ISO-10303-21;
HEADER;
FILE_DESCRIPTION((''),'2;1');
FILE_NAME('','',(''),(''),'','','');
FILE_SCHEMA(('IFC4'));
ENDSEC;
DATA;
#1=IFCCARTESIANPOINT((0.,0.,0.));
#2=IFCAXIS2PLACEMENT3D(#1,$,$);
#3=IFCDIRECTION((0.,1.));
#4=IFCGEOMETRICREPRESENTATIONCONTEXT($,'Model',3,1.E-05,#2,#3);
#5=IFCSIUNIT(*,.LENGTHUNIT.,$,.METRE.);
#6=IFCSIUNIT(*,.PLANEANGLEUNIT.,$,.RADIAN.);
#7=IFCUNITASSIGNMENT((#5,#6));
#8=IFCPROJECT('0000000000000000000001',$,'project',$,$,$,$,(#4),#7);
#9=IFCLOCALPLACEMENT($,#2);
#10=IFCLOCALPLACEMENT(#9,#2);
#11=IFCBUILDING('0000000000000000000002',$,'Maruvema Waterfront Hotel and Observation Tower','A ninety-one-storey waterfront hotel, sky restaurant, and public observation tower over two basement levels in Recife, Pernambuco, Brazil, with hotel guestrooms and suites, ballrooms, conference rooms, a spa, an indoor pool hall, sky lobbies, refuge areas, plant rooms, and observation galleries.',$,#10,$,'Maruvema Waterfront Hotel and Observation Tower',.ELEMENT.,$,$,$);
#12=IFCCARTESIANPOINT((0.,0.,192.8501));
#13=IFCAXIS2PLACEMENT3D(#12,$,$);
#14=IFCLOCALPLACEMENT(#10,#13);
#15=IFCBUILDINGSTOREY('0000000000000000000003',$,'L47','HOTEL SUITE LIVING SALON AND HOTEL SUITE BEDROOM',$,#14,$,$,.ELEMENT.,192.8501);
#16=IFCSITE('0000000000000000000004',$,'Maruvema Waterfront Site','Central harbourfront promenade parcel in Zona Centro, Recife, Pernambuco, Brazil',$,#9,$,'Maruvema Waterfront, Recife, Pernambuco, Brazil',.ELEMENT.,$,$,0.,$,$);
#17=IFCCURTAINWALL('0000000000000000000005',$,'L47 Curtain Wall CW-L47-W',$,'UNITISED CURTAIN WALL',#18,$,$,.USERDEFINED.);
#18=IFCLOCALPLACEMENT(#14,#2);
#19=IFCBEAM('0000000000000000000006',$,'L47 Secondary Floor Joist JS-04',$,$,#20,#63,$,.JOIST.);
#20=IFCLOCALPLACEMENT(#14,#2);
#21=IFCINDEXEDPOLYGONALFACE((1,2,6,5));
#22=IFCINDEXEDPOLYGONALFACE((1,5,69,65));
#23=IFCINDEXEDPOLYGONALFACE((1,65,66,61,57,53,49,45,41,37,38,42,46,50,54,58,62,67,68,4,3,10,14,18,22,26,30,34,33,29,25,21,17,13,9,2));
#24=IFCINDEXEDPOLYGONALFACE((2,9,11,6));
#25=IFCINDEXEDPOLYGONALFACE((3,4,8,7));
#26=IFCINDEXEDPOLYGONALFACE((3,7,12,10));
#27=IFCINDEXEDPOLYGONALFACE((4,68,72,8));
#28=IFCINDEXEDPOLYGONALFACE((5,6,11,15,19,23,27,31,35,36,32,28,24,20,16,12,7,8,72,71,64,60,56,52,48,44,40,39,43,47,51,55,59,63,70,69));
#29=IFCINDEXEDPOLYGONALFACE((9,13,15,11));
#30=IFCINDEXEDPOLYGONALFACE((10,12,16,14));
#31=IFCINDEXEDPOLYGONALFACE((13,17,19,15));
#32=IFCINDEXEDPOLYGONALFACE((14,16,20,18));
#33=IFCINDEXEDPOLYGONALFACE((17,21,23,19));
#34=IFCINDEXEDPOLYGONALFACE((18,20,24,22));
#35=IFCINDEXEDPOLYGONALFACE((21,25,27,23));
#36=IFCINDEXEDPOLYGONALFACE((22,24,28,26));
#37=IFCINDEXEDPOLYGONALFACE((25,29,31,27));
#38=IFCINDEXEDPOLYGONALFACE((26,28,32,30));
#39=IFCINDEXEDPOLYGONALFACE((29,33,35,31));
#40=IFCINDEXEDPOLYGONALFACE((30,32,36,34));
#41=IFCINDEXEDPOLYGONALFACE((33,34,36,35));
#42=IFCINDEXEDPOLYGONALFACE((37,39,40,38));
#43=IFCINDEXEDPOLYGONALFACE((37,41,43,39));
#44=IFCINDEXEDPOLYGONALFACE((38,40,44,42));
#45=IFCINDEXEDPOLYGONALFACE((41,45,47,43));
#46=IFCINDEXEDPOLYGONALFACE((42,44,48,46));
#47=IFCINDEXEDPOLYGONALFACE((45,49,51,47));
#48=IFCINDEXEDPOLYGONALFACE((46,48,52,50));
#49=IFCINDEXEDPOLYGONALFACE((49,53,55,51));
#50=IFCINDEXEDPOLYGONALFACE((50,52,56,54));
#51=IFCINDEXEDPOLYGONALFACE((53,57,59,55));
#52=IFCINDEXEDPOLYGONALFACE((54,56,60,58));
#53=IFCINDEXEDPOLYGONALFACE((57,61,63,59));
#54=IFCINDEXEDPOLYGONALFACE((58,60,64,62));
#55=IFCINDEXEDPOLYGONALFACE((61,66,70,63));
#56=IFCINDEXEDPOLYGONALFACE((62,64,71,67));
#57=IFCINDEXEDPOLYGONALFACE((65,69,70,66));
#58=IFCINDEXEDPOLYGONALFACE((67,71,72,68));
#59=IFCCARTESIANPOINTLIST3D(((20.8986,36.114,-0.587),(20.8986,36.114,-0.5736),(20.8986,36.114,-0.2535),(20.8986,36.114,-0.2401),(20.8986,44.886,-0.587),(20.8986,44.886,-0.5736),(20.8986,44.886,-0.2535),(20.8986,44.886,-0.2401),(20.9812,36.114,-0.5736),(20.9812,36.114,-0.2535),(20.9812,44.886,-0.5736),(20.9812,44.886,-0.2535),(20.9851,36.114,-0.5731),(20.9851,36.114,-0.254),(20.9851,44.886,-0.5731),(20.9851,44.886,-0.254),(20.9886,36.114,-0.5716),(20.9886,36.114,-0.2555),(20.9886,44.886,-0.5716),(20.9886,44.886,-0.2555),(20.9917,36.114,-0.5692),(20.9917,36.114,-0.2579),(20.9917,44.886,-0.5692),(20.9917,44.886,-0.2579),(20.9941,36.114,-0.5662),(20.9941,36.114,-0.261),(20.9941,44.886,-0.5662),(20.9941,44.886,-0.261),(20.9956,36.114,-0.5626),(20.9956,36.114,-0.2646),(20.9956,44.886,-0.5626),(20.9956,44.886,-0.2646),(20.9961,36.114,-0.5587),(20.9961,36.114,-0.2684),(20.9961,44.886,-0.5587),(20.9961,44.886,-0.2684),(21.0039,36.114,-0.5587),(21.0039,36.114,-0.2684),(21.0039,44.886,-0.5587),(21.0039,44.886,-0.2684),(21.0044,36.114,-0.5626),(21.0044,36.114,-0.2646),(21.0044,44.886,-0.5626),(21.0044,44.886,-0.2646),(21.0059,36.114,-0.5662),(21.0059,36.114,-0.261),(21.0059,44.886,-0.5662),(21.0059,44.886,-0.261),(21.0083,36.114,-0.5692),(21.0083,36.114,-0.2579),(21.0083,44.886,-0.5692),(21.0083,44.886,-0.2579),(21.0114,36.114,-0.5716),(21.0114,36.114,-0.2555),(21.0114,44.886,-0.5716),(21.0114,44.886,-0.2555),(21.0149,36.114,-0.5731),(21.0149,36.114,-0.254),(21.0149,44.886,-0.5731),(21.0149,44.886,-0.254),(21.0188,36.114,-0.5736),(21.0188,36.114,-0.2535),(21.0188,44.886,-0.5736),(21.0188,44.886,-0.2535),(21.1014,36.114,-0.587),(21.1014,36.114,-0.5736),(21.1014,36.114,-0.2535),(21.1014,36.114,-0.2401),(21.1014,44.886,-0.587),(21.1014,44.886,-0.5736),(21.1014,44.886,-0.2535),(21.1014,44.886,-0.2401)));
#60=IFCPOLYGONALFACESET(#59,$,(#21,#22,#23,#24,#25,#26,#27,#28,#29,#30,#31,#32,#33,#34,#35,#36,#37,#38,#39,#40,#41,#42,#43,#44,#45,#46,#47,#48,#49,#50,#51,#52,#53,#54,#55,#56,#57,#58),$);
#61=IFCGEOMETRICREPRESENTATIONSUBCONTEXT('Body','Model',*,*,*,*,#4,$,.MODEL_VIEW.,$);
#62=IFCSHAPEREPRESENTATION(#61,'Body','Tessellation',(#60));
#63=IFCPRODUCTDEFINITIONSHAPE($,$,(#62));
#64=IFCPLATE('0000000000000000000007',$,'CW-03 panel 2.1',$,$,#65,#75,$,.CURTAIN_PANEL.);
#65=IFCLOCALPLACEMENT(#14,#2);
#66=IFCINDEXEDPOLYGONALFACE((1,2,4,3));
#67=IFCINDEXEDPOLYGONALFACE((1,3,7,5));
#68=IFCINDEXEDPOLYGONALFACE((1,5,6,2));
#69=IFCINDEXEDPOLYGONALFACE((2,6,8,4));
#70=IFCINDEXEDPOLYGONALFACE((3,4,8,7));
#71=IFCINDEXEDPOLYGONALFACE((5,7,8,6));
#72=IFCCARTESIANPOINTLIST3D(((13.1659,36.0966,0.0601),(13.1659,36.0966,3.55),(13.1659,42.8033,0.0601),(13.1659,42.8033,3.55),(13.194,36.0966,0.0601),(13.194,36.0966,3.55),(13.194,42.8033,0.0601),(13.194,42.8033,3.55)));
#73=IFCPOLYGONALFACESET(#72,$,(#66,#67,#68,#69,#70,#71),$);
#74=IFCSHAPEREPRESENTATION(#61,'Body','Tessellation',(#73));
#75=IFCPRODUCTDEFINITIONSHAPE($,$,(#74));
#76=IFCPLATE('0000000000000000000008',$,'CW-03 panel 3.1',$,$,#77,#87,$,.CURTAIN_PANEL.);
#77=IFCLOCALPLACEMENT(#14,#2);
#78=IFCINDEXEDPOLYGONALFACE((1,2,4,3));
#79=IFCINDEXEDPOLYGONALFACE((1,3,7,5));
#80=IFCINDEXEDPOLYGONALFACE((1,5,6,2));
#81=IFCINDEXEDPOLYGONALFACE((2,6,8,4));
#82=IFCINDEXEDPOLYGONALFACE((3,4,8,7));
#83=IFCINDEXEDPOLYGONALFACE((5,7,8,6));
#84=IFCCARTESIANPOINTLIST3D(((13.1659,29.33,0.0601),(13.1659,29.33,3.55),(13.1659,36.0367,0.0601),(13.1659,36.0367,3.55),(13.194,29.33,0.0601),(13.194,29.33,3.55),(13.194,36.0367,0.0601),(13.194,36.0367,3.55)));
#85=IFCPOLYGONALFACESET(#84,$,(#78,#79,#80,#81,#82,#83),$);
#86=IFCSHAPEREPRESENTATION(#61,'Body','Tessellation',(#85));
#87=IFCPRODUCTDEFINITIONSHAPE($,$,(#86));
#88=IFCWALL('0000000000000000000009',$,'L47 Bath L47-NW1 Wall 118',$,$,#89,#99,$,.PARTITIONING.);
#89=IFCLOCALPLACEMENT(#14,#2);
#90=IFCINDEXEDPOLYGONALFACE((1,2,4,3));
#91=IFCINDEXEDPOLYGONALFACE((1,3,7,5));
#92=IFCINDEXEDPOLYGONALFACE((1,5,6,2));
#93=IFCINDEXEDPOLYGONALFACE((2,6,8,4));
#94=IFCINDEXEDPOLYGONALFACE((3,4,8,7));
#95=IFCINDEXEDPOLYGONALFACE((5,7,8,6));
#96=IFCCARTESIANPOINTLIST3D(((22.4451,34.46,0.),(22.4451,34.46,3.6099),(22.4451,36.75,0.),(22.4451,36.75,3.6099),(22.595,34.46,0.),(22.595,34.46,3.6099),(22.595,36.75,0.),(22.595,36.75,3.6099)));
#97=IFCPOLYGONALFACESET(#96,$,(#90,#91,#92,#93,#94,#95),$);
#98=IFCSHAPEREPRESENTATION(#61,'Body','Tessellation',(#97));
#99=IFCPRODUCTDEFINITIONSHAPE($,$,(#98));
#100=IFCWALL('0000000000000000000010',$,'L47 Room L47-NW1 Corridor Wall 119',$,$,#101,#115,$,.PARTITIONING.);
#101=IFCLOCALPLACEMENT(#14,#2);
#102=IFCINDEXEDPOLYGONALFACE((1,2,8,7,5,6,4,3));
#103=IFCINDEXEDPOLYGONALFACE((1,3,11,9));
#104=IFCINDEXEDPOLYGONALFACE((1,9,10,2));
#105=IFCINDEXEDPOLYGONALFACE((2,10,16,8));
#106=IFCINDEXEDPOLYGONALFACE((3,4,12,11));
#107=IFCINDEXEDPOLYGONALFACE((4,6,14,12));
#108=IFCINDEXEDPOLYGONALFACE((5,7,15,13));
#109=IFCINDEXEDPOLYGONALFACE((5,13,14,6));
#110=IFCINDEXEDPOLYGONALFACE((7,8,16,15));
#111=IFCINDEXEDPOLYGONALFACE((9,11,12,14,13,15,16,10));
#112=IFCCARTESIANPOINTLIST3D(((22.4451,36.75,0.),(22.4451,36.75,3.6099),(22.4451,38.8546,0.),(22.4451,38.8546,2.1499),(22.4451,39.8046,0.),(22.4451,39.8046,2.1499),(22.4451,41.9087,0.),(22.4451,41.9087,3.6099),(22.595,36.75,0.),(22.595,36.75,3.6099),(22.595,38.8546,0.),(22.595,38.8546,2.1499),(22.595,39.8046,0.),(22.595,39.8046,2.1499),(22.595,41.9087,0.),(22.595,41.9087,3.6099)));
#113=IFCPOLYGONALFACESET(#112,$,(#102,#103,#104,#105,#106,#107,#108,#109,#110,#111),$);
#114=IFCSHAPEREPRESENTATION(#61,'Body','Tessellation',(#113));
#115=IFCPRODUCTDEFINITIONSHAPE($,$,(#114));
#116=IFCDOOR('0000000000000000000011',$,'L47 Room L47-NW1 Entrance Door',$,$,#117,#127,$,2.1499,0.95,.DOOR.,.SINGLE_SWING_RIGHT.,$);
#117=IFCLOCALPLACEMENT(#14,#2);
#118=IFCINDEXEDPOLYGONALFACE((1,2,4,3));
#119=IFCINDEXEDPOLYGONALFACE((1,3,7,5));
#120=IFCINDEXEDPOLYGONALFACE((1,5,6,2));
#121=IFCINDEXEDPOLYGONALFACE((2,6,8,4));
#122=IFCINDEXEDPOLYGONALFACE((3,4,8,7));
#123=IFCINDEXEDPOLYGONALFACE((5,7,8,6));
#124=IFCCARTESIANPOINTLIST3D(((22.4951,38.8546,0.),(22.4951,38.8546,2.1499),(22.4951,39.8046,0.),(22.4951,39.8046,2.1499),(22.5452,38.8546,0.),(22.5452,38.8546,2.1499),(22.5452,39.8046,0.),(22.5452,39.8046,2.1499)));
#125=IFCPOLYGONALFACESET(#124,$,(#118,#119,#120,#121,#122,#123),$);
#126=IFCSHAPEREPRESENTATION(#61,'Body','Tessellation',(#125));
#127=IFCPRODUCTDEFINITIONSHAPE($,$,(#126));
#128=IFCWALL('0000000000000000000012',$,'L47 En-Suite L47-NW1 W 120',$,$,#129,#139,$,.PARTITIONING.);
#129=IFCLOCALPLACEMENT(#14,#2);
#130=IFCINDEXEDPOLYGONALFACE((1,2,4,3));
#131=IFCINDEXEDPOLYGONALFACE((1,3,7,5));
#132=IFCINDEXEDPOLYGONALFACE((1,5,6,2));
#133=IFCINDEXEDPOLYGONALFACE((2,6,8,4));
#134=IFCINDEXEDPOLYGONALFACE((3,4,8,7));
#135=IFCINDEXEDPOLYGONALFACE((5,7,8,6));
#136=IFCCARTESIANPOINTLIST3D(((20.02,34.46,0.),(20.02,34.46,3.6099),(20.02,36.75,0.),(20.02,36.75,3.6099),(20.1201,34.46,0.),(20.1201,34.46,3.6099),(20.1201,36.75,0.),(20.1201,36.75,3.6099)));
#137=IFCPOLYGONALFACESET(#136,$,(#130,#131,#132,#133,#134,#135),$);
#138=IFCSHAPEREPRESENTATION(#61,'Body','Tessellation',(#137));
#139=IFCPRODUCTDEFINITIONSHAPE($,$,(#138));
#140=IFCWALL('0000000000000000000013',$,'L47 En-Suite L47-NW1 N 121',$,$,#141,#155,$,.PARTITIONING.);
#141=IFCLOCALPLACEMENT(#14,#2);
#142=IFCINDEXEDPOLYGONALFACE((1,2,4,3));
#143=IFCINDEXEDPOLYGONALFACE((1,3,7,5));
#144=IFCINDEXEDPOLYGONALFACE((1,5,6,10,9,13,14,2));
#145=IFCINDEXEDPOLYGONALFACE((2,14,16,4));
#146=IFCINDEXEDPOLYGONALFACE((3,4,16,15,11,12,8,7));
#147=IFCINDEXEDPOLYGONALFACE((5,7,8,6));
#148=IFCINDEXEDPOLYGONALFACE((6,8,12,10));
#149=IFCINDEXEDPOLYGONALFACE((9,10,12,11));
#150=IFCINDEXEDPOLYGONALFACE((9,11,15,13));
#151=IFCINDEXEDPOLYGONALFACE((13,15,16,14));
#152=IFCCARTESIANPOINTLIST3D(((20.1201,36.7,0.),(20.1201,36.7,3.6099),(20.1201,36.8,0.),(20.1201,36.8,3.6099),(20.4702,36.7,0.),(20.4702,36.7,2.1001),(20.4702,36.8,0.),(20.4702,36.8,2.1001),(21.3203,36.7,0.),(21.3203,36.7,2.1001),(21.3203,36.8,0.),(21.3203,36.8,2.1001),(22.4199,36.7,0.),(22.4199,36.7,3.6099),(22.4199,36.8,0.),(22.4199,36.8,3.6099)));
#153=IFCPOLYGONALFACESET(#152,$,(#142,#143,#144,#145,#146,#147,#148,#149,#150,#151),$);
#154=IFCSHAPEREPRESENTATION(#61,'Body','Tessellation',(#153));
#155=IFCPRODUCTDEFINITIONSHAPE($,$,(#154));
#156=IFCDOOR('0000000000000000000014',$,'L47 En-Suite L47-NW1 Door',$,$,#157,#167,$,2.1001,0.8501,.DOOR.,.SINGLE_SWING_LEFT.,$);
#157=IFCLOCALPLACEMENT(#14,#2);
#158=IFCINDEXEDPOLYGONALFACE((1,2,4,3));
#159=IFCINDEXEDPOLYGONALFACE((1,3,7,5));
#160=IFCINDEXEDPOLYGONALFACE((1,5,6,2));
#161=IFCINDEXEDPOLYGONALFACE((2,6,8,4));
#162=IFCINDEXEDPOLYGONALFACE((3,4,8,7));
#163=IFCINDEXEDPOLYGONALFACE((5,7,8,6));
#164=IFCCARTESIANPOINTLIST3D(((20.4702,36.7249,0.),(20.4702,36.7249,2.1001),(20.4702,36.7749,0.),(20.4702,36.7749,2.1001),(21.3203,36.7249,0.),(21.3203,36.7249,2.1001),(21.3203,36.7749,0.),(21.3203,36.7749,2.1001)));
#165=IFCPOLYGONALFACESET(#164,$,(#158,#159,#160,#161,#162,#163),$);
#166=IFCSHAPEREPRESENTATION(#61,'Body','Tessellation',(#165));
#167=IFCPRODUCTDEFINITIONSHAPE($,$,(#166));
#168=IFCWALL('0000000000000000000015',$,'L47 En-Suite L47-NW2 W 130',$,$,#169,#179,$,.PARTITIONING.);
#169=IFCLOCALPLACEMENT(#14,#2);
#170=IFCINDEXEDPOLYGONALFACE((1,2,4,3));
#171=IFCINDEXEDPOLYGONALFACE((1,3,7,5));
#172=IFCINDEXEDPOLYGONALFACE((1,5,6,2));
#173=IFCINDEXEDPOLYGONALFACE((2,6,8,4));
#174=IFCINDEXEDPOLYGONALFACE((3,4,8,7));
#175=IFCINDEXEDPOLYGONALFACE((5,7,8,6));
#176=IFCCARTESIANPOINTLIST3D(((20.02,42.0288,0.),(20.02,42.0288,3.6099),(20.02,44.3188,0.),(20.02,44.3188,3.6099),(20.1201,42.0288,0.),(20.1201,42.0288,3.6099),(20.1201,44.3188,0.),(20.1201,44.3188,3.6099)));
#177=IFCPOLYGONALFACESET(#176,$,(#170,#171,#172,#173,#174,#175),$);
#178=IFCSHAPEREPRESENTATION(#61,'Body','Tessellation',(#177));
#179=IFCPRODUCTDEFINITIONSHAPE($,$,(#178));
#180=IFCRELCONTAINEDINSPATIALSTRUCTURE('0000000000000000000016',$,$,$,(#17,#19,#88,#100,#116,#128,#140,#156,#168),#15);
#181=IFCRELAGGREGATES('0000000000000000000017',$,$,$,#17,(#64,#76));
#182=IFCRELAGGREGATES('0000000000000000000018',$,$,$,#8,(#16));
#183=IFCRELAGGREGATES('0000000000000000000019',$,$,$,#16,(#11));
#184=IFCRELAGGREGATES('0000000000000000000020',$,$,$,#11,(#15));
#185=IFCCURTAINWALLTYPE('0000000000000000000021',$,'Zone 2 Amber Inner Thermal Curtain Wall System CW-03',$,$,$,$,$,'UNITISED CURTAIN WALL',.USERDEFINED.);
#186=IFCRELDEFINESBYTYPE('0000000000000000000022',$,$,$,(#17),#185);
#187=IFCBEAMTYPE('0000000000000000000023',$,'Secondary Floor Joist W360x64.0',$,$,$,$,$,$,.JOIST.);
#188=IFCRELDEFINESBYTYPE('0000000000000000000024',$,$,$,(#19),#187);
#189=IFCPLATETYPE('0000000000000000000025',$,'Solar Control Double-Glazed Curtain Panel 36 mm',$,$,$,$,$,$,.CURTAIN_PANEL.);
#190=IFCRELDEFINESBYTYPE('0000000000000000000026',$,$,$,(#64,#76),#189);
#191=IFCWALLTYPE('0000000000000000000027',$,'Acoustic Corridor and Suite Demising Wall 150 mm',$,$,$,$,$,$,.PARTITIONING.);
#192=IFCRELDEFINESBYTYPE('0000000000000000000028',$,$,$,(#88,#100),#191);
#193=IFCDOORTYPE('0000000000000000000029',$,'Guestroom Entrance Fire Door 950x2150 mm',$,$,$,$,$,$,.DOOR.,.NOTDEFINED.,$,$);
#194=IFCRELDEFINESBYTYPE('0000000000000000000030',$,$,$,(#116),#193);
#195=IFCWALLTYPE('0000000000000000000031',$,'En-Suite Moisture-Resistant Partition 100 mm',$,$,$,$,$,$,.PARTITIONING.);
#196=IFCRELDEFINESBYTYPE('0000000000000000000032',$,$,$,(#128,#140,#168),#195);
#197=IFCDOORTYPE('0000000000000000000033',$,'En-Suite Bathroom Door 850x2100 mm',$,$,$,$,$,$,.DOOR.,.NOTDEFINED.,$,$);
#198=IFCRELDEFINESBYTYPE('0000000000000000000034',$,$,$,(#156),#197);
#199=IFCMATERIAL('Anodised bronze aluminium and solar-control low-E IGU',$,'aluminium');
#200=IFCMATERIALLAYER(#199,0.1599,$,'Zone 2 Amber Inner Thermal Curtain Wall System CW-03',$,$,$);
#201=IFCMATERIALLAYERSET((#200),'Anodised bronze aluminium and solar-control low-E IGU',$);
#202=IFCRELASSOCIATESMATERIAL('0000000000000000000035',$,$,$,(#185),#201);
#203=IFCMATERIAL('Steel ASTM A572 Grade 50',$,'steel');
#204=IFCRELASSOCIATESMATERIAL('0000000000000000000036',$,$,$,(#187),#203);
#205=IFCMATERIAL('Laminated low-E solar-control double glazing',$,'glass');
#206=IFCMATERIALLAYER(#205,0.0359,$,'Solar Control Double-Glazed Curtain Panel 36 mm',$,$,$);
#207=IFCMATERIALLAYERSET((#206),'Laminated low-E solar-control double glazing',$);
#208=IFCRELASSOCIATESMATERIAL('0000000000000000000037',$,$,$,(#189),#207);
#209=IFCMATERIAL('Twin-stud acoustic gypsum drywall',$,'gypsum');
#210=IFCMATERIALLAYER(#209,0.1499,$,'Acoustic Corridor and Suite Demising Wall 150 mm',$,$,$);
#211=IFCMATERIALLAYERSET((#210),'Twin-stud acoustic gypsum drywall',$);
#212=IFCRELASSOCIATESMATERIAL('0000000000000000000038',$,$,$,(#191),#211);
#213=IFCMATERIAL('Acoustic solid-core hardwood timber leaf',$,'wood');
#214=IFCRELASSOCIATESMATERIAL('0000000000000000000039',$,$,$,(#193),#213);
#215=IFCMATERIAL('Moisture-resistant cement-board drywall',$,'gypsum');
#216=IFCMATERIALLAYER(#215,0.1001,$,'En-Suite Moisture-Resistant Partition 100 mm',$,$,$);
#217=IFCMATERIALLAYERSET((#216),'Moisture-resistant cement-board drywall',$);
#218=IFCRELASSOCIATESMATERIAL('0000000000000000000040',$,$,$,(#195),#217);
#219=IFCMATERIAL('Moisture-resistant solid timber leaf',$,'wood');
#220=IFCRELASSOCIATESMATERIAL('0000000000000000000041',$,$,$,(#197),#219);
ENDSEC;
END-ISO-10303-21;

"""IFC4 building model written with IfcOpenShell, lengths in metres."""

from ifc_helpers import new_model, si_unit, direction, frame, frame_2d, origin, origin_2d, place, context, subcontext, project, spatial, rectangle, i_section, extrude, material, layer, layer_set, material_profile, profile_set, type_object, element, fill, aggregate, save


model = new_model("IFC4")

# Units and contexts
model_context = context("Model", 3, precision=1e-05, world=origin(), true_north=direction((0.0, 1.0)))
body_context = subcontext(model_context, "Body", "Model", "MODEL_VIEW")
ifc_project = project(units=[si_unit("LENGTHUNIT", "METRE"), si_unit("PLANEANGLEUNIT", "RADIAN")], contexts=[model_context])

# Site, building, storey
site_placement = place(None, origin())
site = spatial("IfcSite", under=ifc_project, at=site_placement, Name="Maruvema Waterfront Site", Description="Central harbourfront promenade parcel in Zona Centro, Recife, Pernambuco, Brazil", LongName="Maruvema Waterfront, Recife, Pernambuco, Brazil", CompositionType="ELEMENT", RefElevation=0.0)
building_placement = place(site_placement, origin())
building = spatial("IfcBuilding", under=site, at=building_placement, Name="Maruvema Waterfront Hotel and Observation Tower", Description="A ninety-one-storey waterfront hotel, sky restaurant, and public observation tower over two basement levels in Recife, Pernambuco, Brazil, with hotel guestrooms and suites, ballrooms, conference rooms, a spa, an indoor pool hall, sky lobbies, refuge areas, plant rooms, and observation galleries.", LongName="Maruvema Waterfront Hotel and Observation Tower", CompositionType="ELEMENT")
storey_placement = place(building_placement, frame((0.0, 0.0, 192.8501)))
storey = spatial("IfcBuildingStorey", under=building, at=storey_placement, Name="L47", Description="HOTEL SUITE LIVING SALON AND HOTEL SUITE BEDROOM", CompositionType="ELEMENT", Elevation=192.8501)

# Curtain wall
ifc_material_1 = material(Name="Anodised bronze aluminium and solar-control low-E IGU", Category="aluminium")
ifc_layer_1 = layer(ifc_material_1, 0.1599, Name="Zone 2 Amber Inner Thermal Curtain Wall System CW-03")
ifc_layer_set_1 = layer_set([ifc_layer_1], Name="Anodised bronze aluminium and solar-control low-E IGU")
curtain_wall_type = type_object("IfcCurtainWallType", Name="Zone 2 Amber Inner Thermal Curtain Wall System CW-03", ElementType="UNITISED CURTAIN WALL", PredefinedType="USERDEFINED", material=ifc_layer_set_1)
curtain_wall_placement = place(storey_placement, origin())
curtain_wall = element("IfcCurtainWall", 1, at=curtain_wall_placement, inside=storey, type_object=curtain_wall_type, Name="L47 Curtain Wall CW-L47-W", ObjectType="UNITISED CURTAIN WALL", PredefinedType="USERDEFINED")

# Beam
ifc_material_2 = material(Name="Steel ASTM A572 Grade 50", Category="steel")
ifc_material_profile_1 = material_profile(ifc_material_2, i_section(OverallWidth=0.2029, OverallDepth=0.3469, WebThickness=0.0078, FlangeThickness=0.0134, FilletRadius=0.0149, at=origin_2d()), Name="W360x64.0")
ifc_profile_set_1 = profile_set([ifc_material_profile_1], Name="Steel ASTM A572 Grade 50")
beam_type_1 = type_object("IfcBeamType", Name="Secondary Floor Joist W360x64.0", PredefinedType="JOIST", material=ifc_profile_set_1)
beam_1_placement = place(storey_placement, frame((21.0, 36.114, -0.4136), z_axis=(0.0, 1.0, 0.0), x_axis=(-1.0, 0.0, 0.0)))
element("IfcBeam", 2, at=beam_1_placement, inside=storey, type_object=beam_type_1, Name="L47 Secondary Floor Joist JS-04", PredefinedType="JOIST", context=body_context, shape_type="SweptSolid", body=[
    extrude(i_section(OverallWidth=0.2029, OverallDepth=0.3469, WebThickness=0.0078, FlangeThickness=0.0134, FilletRadius=0.0149, at=origin_2d()), origin(), (0.0, 0.0, 1.0), 8.772),
])

# Plates
ifc_material_3 = material(Name="Laminated low-E solar-control double glazing", Category="glass")
ifc_layer_2 = layer(ifc_material_3, 0.0359, Name="Solar Control Double-Glazed Curtain Panel 36 mm")
ifc_layer_set_2 = layer_set([ifc_layer_2], Name="Laminated low-E solar-control double glazing")
plate_type = type_object("IfcPlateType", Name="Solar Control Double-Glazed Curtain Panel 36 mm", PredefinedType="CURTAIN_PANEL", material=ifc_layer_set_2)
plate_1_placement = place(storey_placement, frame((13.1799, 39.45, 0.0601), z_axis=(0.0, 0.0, 1.0), x_axis=(0.0, -1.0, 0.0)))
plate_1 = element("IfcPlate", 3, at=plate_1_placement, type_object=plate_type, Name="CW-03 panel 2.1", PredefinedType="CURTAIN_PANEL", context=body_context, shape_type="SweptSolid", body=[
    extrude(rectangle(XDim=6.7068, YDim=0.0281, at=origin_2d()), origin(), (0.0, 0.0, 1.0), 3.49),
])
plate_2_placement = place(storey_placement, frame((13.1799, 32.6833, 0.0601), z_axis=(0.0, 0.0, 1.0), x_axis=(0.0, -1.0, 0.0)))
plate_2 = element("IfcPlate", 4, at=plate_2_placement, type_object=plate_type, Name="CW-03 panel 3.1", PredefinedType="CURTAIN_PANEL", context=body_context, shape_type="SweptSolid", body=[
    extrude(rectangle(XDim=6.7068, YDim=0.0281, at=origin_2d()), origin(), (0.0, 0.0, 1.0), 3.49),
])
aggregate(curtain_wall, [plate_1, plate_2])

# Wall
ifc_material_4 = material(Name="Twin-stud acoustic gypsum drywall", Category="gypsum")
ifc_layer_3 = layer(ifc_material_4, 0.1499, Name="Acoustic Corridor and Suite Demising Wall 150 mm")
ifc_layer_set_3 = layer_set([ifc_layer_3], Name="Twin-stud acoustic gypsum drywall")
wall_type_1 = type_object("IfcWallType", Name="Acoustic Corridor and Suite Demising Wall 150 mm", PredefinedType="PARTITIONING", material=ifc_layer_set_3)
wall_1_placement = place(storey_placement, frame((22.52, 34.46, 0.0), z_axis=(0.0, 0.0, 1.0), x_axis=(0.0, 1.0, 0.0)))
element("IfcWall", 5, at=wall_1_placement, inside=storey, type_object=wall_type_1, Name="L47 Bath L47-NW1 Wall 118", PredefinedType="PARTITIONING", context=body_context, shape_type="SweptSolid", body=[
    extrude(rectangle(XDim=2.29, YDim=0.1499, at=frame_2d((1.145, 0.0))), origin(), (0.0, 0.0, 1.0), 3.6099),
])

# Wall, opening, door
wall_2_placement = place(storey_placement, frame((22.52, 36.75, 0.0), z_axis=(0.0, 0.0, 1.0), x_axis=(0.0, 1.0, 0.0)))
wall_2 = element("IfcWall", 6, at=wall_2_placement, inside=storey, type_object=wall_type_1, Name="L47 Room L47-NW1 Corridor Wall 119", PredefinedType="PARTITIONING", context=body_context, shape_type="SweptSolid", body=[
    extrude(rectangle(XDim=5.1587, YDim=0.1499, at=frame_2d((2.5793, 0.0))), origin(), (0.0, 0.0, 1.0), 3.6099),
])
opening_1_placement = place(wall_2_placement, frame((2.1045, 0.0, 0.0)))
opening_1 = element("IfcOpeningElement", 7, at=opening_1_placement, cuts=wall_2, PredefinedType="OPENING", context=body_context, shape_type="SweptSolid", body=[
    extrude(rectangle(XDim=0.95, YDim=2.1499, at=frame_2d((0.4751, 1.075))), frame((0.0, 0.085, 0.0), z_axis=(0.0, -1.0, 0.0), x_axis=(1.0, 0.0, 0.0)), (0.0, 0.0, 1.0), 0.1699),
])
ifc_material_5 = material(Name="Acoustic solid-core hardwood timber leaf", Category="wood")
door_type_1 = type_object("IfcDoorType", Name="Guestroom Entrance Fire Door 950x2150 mm", OperationType="NOTDEFINED", PredefinedType="DOOR", material=ifc_material_5)
door_1_placement = place(opening_1_placement, origin())
door_1 = element("IfcDoor", 8, at=door_1_placement, inside=storey, type_object=door_type_1, Name="L47 Room L47-NW1 Entrance Door", OperationType="SINGLE_SWING_RIGHT", OverallHeight=2.1499, OverallWidth=0.95, PredefinedType="DOOR", context=body_context, shape_type="SweptSolid", body=[
    extrude(rectangle(XDim=0.95, YDim=2.1499, at=frame_2d((0.4751, 1.075))), frame((0.0, 0.0249, 0.0), z_axis=(0.0, -1.0, 0.0), x_axis=(1.0, 0.0, 0.0)), (0.0, 0.0, 1.0), 0.05),
])
fill(opening_1, door_1)

# Wall
ifc_material_6 = material(Name="Moisture-resistant cement-board drywall", Category="gypsum")
ifc_layer_4 = layer(ifc_material_6, 0.1001, Name="En-Suite Moisture-Resistant Partition 100 mm")
ifc_layer_set_4 = layer_set([ifc_layer_4], Name="Moisture-resistant cement-board drywall")
wall_type_2 = type_object("IfcWallType", Name="En-Suite Moisture-Resistant Partition 100 mm", PredefinedType="PARTITIONING", material=ifc_layer_set_4)
wall_3_placement = place(storey_placement, frame((20.0701, 34.46, 0.0), z_axis=(0.0, 0.0, 1.0), x_axis=(0.0, 1.0, 0.0)))
element("IfcWall", 9, at=wall_3_placement, inside=storey, type_object=wall_type_2, Name="L47 En-Suite L47-NW1 W 120", PredefinedType="PARTITIONING", context=body_context, shape_type="SweptSolid", body=[
    extrude(rectangle(XDim=2.29, YDim=0.1001, at=frame_2d((1.145, 0.0))), origin(), (0.0, 0.0, 1.0), 3.6099),
])

# Wall, opening, door
wall_4_placement = place(storey_placement, frame((20.1201, 36.75, 0.0), z_axis=(0.0, 0.0, 1.0), x_axis=(1.0, 0.0, 0.0)))
wall_4 = element("IfcWall", 10, at=wall_4_placement, inside=storey, type_object=wall_type_2, Name="L47 En-Suite L47-NW1 N 121", PredefinedType="PARTITIONING", context=body_context, shape_type="SweptSolid", body=[
    extrude(rectangle(XDim=2.2998, YDim=0.1001, at=frame_2d((1.1499, 0.0))), origin(), (0.0, 0.0, 1.0), 3.6099),
])
opening_2_placement = place(wall_4_placement, frame((0.3501, 0.0, 0.0)))
opening_2 = element("IfcOpeningElement", 11, at=opening_2_placement, cuts=wall_4, PredefinedType="OPENING", context=body_context, shape_type="SweptSolid", body=[
    extrude(rectangle(XDim=0.8501, YDim=2.1001, at=frame_2d((0.425, 1.05))), frame((0.0, 0.0601, 0.0), z_axis=(0.0, -1.0, 0.0), x_axis=(1.0, 0.0, 0.0)), (0.0, 0.0, 1.0), 0.1201),
])
ifc_material_7 = material(Name="Moisture-resistant solid timber leaf", Category="wood")
door_type_2 = type_object("IfcDoorType", Name="En-Suite Bathroom Door 850x2100 mm", OperationType="NOTDEFINED", PredefinedType="DOOR", material=ifc_material_7)
door_2_placement = place(opening_2_placement, origin())
door_2 = element("IfcDoor", 12, at=door_2_placement, inside=storey, type_object=door_type_2, Name="L47 En-Suite L47-NW1 Door", OperationType="SINGLE_SWING_LEFT", OverallHeight=2.1001, OverallWidth=0.8501, PredefinedType="DOOR", context=body_context, shape_type="SweptSolid", body=[
    extrude(rectangle(XDim=0.8501, YDim=2.1001, at=frame_2d((0.425, 1.05))), frame((0.0, 0.0249, 0.0), z_axis=(0.0, -1.0, 0.0), x_axis=(1.0, 0.0, 0.0)), (0.0, 0.0, 1.0), 0.05),
])
fill(opening_2, door_2)

# Wall
wall_5_placement = place(storey_placement, frame((20.0701, 42.0288, 0.0), z_axis=(0.0, 0.0, 1.0), x_axis=(0.0, 1.0, 0.0)))
element("IfcWall", 13, at=wall_5_placement, inside=storey, type_object=wall_type_2, Name="L47 En-Suite L47-NW2 W 130", PredefinedType="PARTITIONING", context=body_context, shape_type="SweptSolid", body=[
    extrude(rectangle(XDim=2.29, YDim=0.1001, at=frame_2d((1.145, 0.0))), origin(), (0.0, 0.0, 1.0), 3.6099),
])

save(model, "model.ifc")
